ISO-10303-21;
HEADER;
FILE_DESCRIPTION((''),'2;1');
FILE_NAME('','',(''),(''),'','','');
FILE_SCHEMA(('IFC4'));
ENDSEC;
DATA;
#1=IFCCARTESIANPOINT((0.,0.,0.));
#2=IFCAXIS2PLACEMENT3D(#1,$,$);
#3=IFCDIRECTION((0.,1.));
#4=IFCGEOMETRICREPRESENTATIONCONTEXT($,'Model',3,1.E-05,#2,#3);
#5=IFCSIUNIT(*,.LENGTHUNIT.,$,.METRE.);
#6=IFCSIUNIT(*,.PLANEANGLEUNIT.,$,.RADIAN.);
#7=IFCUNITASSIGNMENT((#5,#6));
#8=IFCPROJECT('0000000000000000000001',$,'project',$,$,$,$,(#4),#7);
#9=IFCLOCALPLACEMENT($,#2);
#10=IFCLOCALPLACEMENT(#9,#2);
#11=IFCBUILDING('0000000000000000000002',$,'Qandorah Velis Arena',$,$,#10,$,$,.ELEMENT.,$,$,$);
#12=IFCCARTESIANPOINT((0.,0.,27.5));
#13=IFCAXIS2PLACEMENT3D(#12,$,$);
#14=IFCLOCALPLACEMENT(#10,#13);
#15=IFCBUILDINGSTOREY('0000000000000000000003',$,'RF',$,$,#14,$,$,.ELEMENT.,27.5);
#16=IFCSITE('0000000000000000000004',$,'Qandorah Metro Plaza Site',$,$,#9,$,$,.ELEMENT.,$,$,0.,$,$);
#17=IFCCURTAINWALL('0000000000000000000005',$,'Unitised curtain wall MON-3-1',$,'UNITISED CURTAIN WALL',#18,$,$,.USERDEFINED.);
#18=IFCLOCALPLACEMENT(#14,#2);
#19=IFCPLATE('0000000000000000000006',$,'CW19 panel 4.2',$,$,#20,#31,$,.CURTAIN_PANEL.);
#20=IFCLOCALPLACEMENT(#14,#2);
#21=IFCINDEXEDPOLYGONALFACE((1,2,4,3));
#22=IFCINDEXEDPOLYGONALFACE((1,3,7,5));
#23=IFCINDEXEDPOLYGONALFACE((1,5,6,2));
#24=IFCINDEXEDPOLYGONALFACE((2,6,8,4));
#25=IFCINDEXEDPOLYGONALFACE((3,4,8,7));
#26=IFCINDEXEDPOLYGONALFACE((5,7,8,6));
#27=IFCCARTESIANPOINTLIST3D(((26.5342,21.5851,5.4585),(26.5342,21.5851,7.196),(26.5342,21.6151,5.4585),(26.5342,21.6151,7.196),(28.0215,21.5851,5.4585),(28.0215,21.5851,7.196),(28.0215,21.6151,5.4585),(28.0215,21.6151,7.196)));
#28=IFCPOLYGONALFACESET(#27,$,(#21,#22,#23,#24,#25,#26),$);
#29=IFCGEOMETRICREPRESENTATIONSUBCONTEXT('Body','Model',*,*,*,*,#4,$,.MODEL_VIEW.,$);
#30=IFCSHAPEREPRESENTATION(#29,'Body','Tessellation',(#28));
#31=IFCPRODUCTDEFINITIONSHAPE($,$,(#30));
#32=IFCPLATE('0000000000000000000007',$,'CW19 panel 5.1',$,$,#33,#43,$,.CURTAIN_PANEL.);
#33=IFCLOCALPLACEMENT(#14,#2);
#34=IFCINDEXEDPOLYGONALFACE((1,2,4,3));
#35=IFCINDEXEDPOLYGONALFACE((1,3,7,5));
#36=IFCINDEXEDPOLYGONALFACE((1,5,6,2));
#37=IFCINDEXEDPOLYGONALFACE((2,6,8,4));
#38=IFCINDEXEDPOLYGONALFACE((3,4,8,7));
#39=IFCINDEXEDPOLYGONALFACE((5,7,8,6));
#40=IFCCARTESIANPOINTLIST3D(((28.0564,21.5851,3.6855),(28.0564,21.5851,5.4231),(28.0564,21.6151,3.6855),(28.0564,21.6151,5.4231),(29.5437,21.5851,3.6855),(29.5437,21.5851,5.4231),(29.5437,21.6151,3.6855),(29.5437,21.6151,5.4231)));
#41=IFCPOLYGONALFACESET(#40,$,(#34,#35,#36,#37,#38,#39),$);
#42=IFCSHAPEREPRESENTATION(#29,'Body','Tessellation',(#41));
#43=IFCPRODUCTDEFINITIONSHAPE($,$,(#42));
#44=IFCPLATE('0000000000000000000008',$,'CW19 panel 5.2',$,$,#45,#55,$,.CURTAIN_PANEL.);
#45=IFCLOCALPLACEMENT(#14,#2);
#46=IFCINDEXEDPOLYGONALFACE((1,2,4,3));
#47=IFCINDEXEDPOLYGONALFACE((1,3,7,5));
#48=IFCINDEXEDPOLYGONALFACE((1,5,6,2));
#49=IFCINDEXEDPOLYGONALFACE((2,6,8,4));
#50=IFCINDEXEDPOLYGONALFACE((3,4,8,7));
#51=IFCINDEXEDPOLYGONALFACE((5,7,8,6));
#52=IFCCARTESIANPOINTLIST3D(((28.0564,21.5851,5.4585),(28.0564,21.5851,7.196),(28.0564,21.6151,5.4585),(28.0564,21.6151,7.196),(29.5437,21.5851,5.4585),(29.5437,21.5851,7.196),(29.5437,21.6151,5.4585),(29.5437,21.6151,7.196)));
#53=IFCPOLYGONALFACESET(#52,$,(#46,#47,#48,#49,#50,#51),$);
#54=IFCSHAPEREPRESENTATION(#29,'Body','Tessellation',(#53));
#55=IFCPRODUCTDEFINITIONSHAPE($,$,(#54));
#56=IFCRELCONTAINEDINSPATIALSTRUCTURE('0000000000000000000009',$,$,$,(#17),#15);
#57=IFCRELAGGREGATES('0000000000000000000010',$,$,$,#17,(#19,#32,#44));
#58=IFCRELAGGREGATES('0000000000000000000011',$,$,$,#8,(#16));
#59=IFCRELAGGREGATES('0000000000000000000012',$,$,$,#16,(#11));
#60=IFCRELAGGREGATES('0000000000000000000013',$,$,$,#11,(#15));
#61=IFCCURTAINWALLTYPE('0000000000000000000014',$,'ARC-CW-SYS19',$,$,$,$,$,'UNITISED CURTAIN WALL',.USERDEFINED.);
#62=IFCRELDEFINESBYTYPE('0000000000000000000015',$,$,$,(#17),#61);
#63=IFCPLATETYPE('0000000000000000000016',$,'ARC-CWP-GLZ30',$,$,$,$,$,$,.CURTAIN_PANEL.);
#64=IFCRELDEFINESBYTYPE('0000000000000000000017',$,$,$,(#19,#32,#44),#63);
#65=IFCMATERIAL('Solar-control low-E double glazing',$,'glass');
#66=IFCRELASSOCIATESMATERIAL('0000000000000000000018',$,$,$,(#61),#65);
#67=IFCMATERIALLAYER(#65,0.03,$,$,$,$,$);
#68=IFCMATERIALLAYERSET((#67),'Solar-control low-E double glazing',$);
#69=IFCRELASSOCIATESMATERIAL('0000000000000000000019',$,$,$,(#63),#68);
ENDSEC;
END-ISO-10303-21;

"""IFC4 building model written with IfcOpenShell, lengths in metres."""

from ifc_helpers import new_model, si_unit, direction, frame, origin, origin_2d, place, context, subcontext, project, spatial, rectangle, extrude, material, layer, layer_set, type_object, element, aggregate, save


model = new_model("IFC4")

# Units and contexts
model_context = context("Model", 3, precision=1e-05, world=origin(), true_north=direction((0.0, 1.0)))
body_context = subcontext(model_context, "Body", "Model", "MODEL_VIEW")
ifc_project = project(units=[si_unit("LENGTHUNIT", "METRE"), si_unit("PLANEANGLEUNIT", "RADIAN")], contexts=[model_context])

# Site, building, storey
site_placement = place(None, origin())
site = spatial("IfcSite", under=ifc_project, at=site_placement, Name="Qandorah Metro Plaza Site", CompositionType="ELEMENT", RefElevation=0.0)
building_placement = place(site_placement, origin())
building = spatial("IfcBuilding", under=site, at=building_placement, Name="Qandorah Velis Arena", CompositionType="ELEMENT")
storey_placement = place(building_placement, frame((0.0, 0.0, 27.5)))
storey = spatial("IfcBuildingStorey", under=building, at=storey_placement, Name="RF", CompositionType="ELEMENT", Elevation=27.5)

# Curtain wall
ifc_material_1 = material(Name="Solar-control low-E double glazing", Category="glass")
curtain_wall_type_1 = type_object("IfcCurtainWallType", Name="ARC-CW-SYS19", ElementType="UNITISED CURTAIN WALL", PredefinedType="USERDEFINED", material=ifc_material_1)
curtain_wall_1_placement = place(storey_placement, origin())
curtain_wall_1 = element("IfcCurtainWall", 1, at=curtain_wall_1_placement, inside=storey, type_object=curtain_wall_type_1, Name="Unitised curtain wall MON-3-1", ObjectType="UNITISED CURTAIN WALL", PredefinedType="USERDEFINED")

# Plates
ifc_layer = layer(ifc_material_1, 0.03)
ifc_layer_set = layer_set([ifc_layer], Name="Solar-control low-E double glazing")
plate_type = type_object("IfcPlateType", Name="ARC-CWP-GLZ30", PredefinedType="CURTAIN_PANEL", material=ifc_layer_set)
plate_1_placement = place(storey_placement, frame((27.2778, 21.6001, 5.4585), z_axis=(0.0, 0.0, 1.0), x_axis=(1.0, 0.0, 0.0)))
plate_1 = element("IfcPlate", 2, at=plate_1_placement, type_object=plate_type, Name="CW19 panel 4.2", PredefinedType="CURTAIN_PANEL", context=body_context, shape_type="SweptSolid", body=[
    extrude(rectangle(XDim=1.4873, YDim=0.03, at=origin_2d()), origin(), (0.0, 0.0, 1.0), 1.7375),
])
plate_2_placement = place(storey_placement, frame((28.8, 21.6001, 3.6855), z_axis=(0.0, 0.0, 1.0), x_axis=(1.0, 0.0, 0.0)))
plate_2 = element("IfcPlate", 3, at=plate_2_placement, type_object=plate_type, Name="CW19 panel 5.1", PredefinedType="CURTAIN_PANEL", context=body_context, shape_type="SweptSolid", body=[
    extrude(rectangle(XDim=1.4873, YDim=0.03, at=origin_2d()), origin(), (0.0, 0.0, 1.0), 1.7375),
])
plate_3_placement = place(storey_placement, frame((28.8, 21.6001, 5.4585), z_axis=(0.0, 0.0, 1.0), x_axis=(1.0, 0.0, 0.0)))
plate_3 = element("IfcPlate", 4, at=plate_3_placement, type_object=plate_type, Name="CW19 panel 5.2", PredefinedType="CURTAIN_PANEL", context=body_context, shape_type="SweptSolid", body=[
    extrude(rectangle(XDim=1.4873, YDim=0.03, at=origin_2d()), origin(), (0.0, 0.0, 1.0), 1.7375),
])
aggregate(curtain_wall_1, [plate_1, plate_2, plate_3])

save(model, "model.ifc")
